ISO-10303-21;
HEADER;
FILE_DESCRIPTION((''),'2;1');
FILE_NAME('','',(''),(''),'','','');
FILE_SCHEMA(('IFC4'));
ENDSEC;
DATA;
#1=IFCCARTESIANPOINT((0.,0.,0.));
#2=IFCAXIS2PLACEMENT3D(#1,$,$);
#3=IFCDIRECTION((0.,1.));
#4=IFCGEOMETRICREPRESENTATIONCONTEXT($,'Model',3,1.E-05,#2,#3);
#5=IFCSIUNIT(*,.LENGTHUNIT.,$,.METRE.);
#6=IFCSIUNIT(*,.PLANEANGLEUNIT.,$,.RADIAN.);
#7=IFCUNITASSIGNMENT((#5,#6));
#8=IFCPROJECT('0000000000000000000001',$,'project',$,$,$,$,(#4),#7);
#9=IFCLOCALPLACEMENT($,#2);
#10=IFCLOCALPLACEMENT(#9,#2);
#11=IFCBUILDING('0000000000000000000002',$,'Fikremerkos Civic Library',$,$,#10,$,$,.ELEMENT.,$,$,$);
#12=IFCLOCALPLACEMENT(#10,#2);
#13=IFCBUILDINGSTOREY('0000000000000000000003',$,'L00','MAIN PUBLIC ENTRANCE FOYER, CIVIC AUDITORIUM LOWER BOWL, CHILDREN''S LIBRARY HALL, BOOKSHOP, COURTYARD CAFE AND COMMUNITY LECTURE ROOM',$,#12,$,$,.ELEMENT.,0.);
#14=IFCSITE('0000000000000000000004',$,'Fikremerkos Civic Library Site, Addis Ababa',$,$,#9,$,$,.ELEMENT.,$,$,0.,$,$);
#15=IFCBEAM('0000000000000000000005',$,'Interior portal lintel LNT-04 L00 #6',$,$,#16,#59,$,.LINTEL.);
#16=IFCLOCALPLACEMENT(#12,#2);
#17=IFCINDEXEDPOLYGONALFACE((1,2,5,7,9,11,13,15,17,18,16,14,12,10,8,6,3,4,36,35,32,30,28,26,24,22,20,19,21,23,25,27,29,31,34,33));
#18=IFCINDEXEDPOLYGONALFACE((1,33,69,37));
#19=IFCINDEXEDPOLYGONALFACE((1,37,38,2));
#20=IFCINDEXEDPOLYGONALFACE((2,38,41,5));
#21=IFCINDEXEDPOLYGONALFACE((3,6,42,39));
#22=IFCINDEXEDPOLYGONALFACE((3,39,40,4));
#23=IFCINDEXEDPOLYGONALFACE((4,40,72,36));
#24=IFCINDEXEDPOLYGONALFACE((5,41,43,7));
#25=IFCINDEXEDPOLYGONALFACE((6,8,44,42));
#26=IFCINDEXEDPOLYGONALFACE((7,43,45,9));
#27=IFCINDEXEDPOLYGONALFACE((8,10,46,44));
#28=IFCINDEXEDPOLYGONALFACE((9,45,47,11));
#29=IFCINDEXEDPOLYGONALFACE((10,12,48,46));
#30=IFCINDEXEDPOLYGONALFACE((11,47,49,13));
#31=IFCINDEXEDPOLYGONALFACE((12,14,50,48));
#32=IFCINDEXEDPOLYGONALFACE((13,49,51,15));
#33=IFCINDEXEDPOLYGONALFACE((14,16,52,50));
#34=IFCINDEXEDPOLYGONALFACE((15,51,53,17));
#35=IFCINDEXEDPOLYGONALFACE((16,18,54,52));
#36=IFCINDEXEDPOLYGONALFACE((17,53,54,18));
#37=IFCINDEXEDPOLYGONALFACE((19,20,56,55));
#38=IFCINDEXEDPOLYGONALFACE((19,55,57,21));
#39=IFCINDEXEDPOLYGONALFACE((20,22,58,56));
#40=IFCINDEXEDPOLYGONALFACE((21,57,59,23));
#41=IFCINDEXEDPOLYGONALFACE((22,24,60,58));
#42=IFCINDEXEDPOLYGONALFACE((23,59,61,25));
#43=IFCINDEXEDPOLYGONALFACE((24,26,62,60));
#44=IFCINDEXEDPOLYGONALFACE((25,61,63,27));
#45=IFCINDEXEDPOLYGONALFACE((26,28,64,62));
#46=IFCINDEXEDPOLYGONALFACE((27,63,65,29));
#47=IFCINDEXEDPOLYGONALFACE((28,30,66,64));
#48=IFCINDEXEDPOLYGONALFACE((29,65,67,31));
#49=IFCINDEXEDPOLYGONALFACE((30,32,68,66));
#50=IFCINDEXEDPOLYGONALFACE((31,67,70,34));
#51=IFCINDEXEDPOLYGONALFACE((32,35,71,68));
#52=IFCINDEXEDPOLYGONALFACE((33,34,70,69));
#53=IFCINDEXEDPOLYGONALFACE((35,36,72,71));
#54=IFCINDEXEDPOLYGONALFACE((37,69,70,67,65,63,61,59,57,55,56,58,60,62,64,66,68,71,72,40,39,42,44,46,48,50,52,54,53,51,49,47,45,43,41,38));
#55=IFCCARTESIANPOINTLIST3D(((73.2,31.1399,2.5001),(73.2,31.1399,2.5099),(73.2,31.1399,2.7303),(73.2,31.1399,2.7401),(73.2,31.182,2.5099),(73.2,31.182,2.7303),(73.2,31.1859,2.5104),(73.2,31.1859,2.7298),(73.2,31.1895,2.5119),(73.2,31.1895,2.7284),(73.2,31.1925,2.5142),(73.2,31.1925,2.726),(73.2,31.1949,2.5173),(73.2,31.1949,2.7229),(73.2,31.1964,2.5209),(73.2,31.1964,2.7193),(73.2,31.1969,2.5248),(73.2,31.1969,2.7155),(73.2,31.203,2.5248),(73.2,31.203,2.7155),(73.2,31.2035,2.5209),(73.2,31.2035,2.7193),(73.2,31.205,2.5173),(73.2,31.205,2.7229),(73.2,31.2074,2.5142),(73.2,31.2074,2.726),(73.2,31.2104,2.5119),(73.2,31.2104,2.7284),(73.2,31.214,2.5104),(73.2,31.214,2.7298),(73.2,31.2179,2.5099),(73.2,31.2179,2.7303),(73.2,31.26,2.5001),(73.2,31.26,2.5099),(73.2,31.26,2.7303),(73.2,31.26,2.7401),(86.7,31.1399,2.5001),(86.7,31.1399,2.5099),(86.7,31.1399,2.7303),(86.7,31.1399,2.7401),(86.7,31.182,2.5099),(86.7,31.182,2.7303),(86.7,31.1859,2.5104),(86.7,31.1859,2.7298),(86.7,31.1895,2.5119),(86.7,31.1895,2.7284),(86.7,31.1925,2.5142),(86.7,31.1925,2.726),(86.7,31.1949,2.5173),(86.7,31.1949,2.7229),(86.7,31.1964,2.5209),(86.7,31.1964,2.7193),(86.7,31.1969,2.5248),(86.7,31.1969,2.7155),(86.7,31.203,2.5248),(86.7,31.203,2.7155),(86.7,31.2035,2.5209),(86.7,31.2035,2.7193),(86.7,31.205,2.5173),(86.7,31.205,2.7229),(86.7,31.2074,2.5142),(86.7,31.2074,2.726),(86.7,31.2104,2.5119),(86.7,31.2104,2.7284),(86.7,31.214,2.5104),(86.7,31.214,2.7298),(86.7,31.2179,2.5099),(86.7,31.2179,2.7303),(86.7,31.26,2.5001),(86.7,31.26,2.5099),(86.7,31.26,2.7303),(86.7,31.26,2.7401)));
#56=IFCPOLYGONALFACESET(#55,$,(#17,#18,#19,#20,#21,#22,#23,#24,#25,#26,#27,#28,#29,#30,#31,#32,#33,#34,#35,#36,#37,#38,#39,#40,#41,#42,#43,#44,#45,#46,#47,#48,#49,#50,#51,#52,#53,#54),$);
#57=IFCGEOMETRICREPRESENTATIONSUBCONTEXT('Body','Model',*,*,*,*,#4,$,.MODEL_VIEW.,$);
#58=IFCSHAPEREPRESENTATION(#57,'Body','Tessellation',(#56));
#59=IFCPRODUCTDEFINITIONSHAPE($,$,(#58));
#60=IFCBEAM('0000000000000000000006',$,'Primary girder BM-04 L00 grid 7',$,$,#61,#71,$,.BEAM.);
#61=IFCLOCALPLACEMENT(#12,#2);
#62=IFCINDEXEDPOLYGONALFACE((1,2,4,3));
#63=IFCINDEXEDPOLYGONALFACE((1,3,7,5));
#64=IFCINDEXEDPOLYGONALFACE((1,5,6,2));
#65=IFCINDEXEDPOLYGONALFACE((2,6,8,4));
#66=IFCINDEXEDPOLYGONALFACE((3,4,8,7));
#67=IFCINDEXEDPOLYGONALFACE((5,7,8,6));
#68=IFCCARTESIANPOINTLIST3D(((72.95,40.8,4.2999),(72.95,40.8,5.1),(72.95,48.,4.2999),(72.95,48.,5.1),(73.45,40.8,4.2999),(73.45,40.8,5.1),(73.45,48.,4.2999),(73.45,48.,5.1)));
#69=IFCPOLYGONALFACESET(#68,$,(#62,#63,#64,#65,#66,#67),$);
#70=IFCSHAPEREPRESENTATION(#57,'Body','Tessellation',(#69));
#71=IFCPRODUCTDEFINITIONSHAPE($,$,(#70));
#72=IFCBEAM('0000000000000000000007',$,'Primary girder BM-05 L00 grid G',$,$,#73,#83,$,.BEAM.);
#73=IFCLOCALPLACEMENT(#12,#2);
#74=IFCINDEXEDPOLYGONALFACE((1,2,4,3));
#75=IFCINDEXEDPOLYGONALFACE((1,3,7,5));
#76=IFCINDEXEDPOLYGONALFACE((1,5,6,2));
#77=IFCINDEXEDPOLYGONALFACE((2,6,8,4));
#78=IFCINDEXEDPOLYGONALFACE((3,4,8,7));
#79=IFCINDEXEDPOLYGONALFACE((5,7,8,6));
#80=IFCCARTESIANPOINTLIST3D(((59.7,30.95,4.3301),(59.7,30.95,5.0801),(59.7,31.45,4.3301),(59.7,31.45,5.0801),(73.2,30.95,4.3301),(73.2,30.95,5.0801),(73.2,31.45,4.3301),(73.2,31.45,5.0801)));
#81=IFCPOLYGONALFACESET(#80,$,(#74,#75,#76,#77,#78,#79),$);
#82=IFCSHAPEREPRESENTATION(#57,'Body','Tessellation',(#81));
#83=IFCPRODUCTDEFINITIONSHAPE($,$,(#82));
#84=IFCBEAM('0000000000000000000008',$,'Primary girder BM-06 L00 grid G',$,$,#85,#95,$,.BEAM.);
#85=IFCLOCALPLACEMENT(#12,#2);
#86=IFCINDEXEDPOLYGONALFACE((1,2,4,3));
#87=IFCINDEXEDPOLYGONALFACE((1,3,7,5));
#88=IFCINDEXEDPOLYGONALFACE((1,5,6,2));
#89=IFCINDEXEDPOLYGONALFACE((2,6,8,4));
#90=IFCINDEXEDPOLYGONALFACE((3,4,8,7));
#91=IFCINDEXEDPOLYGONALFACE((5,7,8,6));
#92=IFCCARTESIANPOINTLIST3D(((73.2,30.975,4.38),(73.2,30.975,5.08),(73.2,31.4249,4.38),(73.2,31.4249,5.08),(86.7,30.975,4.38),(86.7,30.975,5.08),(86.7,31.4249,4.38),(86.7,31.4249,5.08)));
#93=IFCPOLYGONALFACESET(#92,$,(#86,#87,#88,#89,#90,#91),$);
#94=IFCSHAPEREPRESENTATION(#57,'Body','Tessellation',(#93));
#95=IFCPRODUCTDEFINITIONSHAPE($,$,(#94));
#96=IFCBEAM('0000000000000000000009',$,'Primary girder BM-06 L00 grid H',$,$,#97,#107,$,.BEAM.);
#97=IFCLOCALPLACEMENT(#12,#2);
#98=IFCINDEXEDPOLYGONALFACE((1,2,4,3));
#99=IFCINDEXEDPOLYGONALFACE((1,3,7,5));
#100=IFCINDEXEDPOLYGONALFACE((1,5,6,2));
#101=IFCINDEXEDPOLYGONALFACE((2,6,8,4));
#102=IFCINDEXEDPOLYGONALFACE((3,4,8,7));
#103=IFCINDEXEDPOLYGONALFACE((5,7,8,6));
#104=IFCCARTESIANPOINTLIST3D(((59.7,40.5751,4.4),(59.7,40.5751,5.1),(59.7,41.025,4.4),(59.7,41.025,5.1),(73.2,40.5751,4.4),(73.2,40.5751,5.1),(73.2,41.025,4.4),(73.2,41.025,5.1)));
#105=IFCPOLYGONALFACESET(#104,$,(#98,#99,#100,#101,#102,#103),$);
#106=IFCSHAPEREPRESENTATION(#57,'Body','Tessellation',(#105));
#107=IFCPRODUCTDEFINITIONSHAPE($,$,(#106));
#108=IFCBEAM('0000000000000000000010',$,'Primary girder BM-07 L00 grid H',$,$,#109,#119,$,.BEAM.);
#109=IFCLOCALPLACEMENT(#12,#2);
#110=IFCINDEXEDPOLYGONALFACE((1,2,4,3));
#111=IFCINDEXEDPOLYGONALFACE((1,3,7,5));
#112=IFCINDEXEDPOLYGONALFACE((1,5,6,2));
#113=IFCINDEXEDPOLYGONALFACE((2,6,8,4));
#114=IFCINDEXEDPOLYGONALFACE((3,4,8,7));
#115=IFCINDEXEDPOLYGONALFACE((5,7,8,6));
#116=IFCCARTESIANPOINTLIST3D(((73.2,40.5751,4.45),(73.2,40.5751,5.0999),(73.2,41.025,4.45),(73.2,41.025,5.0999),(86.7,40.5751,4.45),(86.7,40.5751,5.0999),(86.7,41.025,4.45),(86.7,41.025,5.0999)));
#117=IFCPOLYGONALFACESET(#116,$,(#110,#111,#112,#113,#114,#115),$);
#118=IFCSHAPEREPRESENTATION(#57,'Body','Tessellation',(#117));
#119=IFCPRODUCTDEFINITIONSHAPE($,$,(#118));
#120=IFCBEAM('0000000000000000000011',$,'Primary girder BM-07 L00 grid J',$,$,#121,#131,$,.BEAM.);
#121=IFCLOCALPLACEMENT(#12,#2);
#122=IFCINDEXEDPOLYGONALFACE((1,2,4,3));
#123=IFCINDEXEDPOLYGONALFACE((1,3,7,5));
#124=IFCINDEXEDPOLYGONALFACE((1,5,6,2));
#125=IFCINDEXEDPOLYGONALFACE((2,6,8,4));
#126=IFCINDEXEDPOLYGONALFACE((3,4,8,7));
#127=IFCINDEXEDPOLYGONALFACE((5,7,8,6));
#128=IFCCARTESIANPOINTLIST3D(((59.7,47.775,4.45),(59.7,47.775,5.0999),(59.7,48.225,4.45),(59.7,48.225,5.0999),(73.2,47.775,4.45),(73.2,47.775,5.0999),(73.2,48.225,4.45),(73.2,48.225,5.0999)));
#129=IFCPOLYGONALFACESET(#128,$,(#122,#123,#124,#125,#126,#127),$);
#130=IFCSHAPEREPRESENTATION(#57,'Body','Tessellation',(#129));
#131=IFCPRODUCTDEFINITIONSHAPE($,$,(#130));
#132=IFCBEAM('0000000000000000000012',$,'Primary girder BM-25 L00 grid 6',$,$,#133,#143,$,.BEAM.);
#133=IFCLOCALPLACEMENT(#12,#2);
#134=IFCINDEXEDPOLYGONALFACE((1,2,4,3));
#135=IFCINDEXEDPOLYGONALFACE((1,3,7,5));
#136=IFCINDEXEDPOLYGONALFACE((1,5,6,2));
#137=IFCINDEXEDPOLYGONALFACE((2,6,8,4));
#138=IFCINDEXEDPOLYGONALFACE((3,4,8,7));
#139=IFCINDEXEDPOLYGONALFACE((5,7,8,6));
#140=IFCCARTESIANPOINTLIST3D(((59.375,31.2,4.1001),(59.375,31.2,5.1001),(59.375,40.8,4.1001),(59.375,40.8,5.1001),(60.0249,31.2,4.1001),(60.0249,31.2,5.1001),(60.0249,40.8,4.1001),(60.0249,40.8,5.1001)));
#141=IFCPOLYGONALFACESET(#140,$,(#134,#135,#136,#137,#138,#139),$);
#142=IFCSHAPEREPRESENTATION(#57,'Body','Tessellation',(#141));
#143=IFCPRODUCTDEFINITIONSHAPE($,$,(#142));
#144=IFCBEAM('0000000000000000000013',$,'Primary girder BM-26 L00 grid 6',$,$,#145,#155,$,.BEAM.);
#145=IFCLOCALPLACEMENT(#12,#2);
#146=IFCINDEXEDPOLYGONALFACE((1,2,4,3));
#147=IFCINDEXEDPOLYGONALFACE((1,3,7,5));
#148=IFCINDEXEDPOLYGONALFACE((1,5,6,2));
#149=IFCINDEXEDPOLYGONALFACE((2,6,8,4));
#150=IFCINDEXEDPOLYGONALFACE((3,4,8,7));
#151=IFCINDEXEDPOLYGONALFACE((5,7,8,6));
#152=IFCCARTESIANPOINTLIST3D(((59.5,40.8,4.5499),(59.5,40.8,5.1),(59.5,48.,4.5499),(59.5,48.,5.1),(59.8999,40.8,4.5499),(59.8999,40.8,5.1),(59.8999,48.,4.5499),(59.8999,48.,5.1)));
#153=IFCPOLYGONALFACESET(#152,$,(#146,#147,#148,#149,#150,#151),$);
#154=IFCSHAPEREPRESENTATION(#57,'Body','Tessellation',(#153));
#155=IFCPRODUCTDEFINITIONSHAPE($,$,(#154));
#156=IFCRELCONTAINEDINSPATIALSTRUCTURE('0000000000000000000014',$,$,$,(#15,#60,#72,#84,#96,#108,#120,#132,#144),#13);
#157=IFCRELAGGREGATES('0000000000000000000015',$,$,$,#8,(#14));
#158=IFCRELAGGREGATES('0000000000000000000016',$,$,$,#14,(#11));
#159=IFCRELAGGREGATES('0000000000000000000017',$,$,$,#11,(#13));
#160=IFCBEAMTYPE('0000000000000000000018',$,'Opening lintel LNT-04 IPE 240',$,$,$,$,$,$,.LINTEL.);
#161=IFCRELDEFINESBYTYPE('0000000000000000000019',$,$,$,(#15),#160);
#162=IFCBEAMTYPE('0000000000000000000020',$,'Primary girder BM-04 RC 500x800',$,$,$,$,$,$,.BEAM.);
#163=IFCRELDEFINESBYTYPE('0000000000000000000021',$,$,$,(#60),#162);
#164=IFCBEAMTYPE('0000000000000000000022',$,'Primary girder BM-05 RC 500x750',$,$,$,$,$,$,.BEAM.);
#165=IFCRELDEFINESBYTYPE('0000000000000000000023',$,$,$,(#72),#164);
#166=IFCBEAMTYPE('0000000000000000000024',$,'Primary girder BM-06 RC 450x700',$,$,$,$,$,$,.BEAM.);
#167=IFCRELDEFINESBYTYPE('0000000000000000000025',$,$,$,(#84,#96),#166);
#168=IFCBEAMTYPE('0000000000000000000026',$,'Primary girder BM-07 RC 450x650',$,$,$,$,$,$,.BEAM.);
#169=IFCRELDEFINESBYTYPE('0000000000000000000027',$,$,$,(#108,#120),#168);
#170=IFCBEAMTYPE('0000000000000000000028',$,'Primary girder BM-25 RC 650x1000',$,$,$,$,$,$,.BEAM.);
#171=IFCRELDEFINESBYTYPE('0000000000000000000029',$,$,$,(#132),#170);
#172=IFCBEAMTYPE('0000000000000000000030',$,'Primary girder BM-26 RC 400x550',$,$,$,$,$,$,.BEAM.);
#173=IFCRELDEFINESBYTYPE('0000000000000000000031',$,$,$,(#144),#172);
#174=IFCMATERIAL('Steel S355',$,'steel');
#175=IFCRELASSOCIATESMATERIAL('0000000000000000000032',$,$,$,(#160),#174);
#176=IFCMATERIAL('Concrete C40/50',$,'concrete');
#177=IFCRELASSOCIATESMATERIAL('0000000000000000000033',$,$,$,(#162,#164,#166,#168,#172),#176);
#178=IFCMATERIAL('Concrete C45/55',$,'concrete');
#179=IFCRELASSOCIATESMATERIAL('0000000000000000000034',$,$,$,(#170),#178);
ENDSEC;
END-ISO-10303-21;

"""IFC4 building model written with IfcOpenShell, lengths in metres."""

from ifc_helpers import new_model, si_unit, direction, frame, origin, origin_2d, place, context, subcontext, project, spatial, rectangle, i_section, extrude, material, material_profile, profile_set, type_object, element, save


model = new_model("IFC4")

# Units and contexts
model_context = context("Model", 3, precision=1e-05, world=origin(), true_north=direction((0.0, 1.0)))
body_context = subcontext(model_context, "Body", "Model", "MODEL_VIEW")
ifc_project = project(units=[si_unit("LENGTHUNIT", "METRE"), si_unit("PLANEANGLEUNIT", "RADIAN")], contexts=[model_context])

# Site, building, storey
site_placement = place(None, origin())
site = spatial("IfcSite", under=ifc_project, at=site_placement, Name="Fikremerkos Civic Library Site, Addis Ababa", CompositionType="ELEMENT", RefElevation=0.0)
building_placement = place(site_placement, origin())
building = spatial("IfcBuilding", under=site, at=building_placement, Name="Fikremerkos Civic Library", CompositionType="ELEMENT")
storey_placement = place(building_placement, origin())
storey = spatial("IfcBuildingStorey", under=building, at=storey_placement, Name="L00", Description="MAIN PUBLIC ENTRANCE FOYER, CIVIC AUDITORIUM LOWER BOWL, CHILDREN'S LIBRARY HALL, BOOKSHOP, COURTYARD CAFE AND COMMUNITY LECTURE ROOM", CompositionType="ELEMENT", Elevation=0.0)

# Shared definitions
ifc_material_1 = material(Name="Concrete C40/50", Category="concrete")
ifc_material_2 = material(Name="Concrete C45/55", Category="concrete")

# Beams
ifc_material_3 = material(Name="Steel S355", Category="steel")
ifc_material_profile_1 = material_profile(ifc_material_3, i_section(OverallWidth=0.1201, OverallDepth=0.24, WebThickness=0.0061, FlangeThickness=0.0098, FilletRadius=0.0149, at=origin_2d()), Name="IPE 240")
ifc_profile_set_1 = profile_set([ifc_material_profile_1], Name="Steel S355")
beam_type_1 = type_object("IfcBeamType", Name="Opening lintel LNT-04 IPE 240", PredefinedType="LINTEL", material=ifc_profile_set_1)
beam_1_placement = place(storey_placement, frame((73.2, 31.2, 2.6201), z_axis=(1.0, 0.0, 0.0), x_axis=(0.0, 1.0, 0.0)))
element("IfcBeam", 1, at=beam_1_placement, inside=storey, type_object=beam_type_1, Name="Interior portal lintel LNT-04 L00 #6", PredefinedType="LINTEL", context=body_context, shape_type="SweptSolid", body=[
    extrude(i_section(OverallWidth=0.1201, OverallDepth=0.24, WebThickness=0.0061, FlangeThickness=0.0098, FilletRadius=0.0149, at=origin_2d()), origin(), (0.0, 0.0, 1.0), 13.5),
])
ifc_material_profile_2 = material_profile(ifc_material_1, rectangle(XDim=0.5, YDim=0.8, at=origin_2d()), Name="RC 500x800")
ifc_profile_set_2 = profile_set([ifc_material_profile_2], Name="Concrete C40/50")
beam_type_2 = type_object("IfcBeamType", Name="Primary girder BM-04 RC 500x800", PredefinedType="BEAM", material=ifc_profile_set_2)
beam_2_placement = place(storey_placement, frame((73.2, 40.8, 4.7), z_axis=(0.0, 1.0, 0.0), x_axis=(-1.0, 0.0, 0.0)))
element("IfcBeam", 2, at=beam_2_placement, inside=storey, type_object=beam_type_2, Name="Primary girder BM-04 L00 grid 7", PredefinedType="BEAM", context=body_context, shape_type="SweptSolid", body=[
    extrude(rectangle(XDim=0.5, YDim=0.8, at=origin_2d()), origin(), (0.0, 0.0, 1.0), 7.2),
])
ifc_material_profile_3 = material_profile(ifc_material_1, rectangle(XDim=0.5, YDim=0.75, at=origin_2d()), Name="RC 500x750")
ifc_profile_set_3 = profile_set([ifc_material_profile_3], Name="Concrete C40/50")
beam_type_3 = type_object("IfcBeamType", Name="Primary girder BM-05 RC 500x750", PredefinedType="BEAM", material=ifc_profile_set_3)
beam_3_placement = place(storey_placement, frame((59.7, 31.2, 4.7051), z_axis=(1.0, 0.0, 0.0), x_axis=(0.0, 1.0, 0.0)))
element("IfcBeam", 3, at=beam_3_placement, inside=storey, type_object=beam_type_3, Name="Primary girder BM-05 L00 grid G", PredefinedType="BEAM", context=body_context, shape_type="SweptSolid", body=[
    extrude(rectangle(XDim=0.5, YDim=0.75, at=origin_2d()), origin(), (0.0, 0.0, 1.0), 13.5),
])
ifc_material_profile_4 = material_profile(ifc_material_1, rectangle(XDim=0.45, YDim=0.7, at=origin_2d()), Name="RC 450x700")
ifc_profile_set_4 = profile_set([ifc_material_profile_4], Name="Concrete C40/50")
beam_type_4 = type_object("IfcBeamType", Name="Primary girder BM-06 RC 450x700", PredefinedType="BEAM", material=ifc_profile_set_4)
for number, where, z_axis, x_axis, name in (
    (4, (73.2, 31.2, 4.73), (1.0, 0.0, 0.0), (0.0, 1.0, 0.0), "Primary girder BM-06 L00 grid G"),
    (5, (59.7, 40.8, 4.75), (1.0, 0.0, 0.0), (0.0, 1.0, 0.0), "Primary girder BM-06 L00 grid H"),
):
    element("IfcBeam", number, at=place(storey_placement, frame(where, z_axis=z_axis, x_axis=x_axis)), inside=storey, type_object=beam_type_4, Name=name, PredefinedType="BEAM", context=body_context, shape_type="SweptSolid", body=[
        extrude(rectangle(XDim=0.45, YDim=0.7, at=origin_2d()), origin(), (0.0, 0.0, 1.0), 13.5),
    ])
ifc_material_profile_5 = material_profile(ifc_material_1, rectangle(XDim=0.45, YDim=0.6499, at=origin_2d()), Name="RC 450x650")
ifc_profile_set_5 = profile_set([ifc_material_profile_5], Name="Concrete C40/50")
beam_type_5 = type_object("IfcBeamType", Name="Primary girder BM-07 RC 450x650", PredefinedType="BEAM", material=ifc_profile_set_5)
for number, where, z_axis, x_axis, name in (
    (6, (73.2, 40.8, 4.7749), (1.0, 0.0, 0.0), (0.0, 1.0, 0.0), "Primary girder BM-07 L00 grid H"),
    (7, (59.7, 48.0, 4.7749), (1.0, 0.0, 0.0), (0.0, 1.0, 0.0), "Primary girder BM-07 L00 grid J"),
):
    element("IfcBeam", number, at=place(storey_placement, frame(where, z_axis=z_axis, x_axis=x_axis)), inside=storey, type_object=beam_type_5, Name=name, PredefinedType="BEAM", context=body_context, shape_type="SweptSolid", body=[
        extrude(rectangle(XDim=0.45, YDim=0.6499, at=origin_2d()), origin(), (0.0, 0.0, 1.0), 13.5),
    ])
ifc_material_profile_6 = material_profile(ifc_material_2, rectangle(XDim=0.6499, YDim=1.0, at=origin_2d()), Name="RC 650x1000")
ifc_profile_set_6 = profile_set([ifc_material_profile_6], Name="Concrete C45/55")
beam_type_6 = type_object("IfcBeamType", Name="Primary girder BM-25 RC 650x1000", PredefinedType="BEAM", material=ifc_profile_set_6)
beam_4_placement = place(storey_placement, frame((59.7, 31.2, 4.6001), z_axis=(0.0, 1.0, 0.0), x_axis=(-1.0, 0.0, 0.0)))
element("IfcBeam", 8, at=beam_4_placement, inside=storey, type_object=beam_type_6, Name="Primary girder BM-25 L00 grid 6", PredefinedType="BEAM", context=body_context, shape_type="SweptSolid", body=[
    extrude(rectangle(XDim=0.6499, YDim=1.0, at=origin_2d()), origin(), (0.0, 0.0, 1.0), 9.6001),
])
ifc_material_profile_7 = material_profile(ifc_material_1, rectangle(XDim=0.3999, YDim=0.55, at=origin_2d()), Name="RC 400x550")
ifc_profile_set_7 = profile_set([ifc_material_profile_7], Name="Concrete C40/50")
beam_type_7 = type_object("IfcBeamType", Name="Primary girder BM-26 RC 400x550", PredefinedType="BEAM", material=ifc_profile_set_7)
beam_5_placement = place(storey_placement, frame((59.7, 40.8, 4.825), z_axis=(0.0, 1.0, 0.0), x_axis=(-1.0, 0.0, 0.0)))
element("IfcBeam", 9, at=beam_5_placement, inside=storey, type_object=beam_type_7, Name="Primary girder BM-26 L00 grid 6", PredefinedType="BEAM", context=body_context, shape_type="SweptSolid", body=[
    extrude(rectangle(XDim=0.3999, YDim=0.55, at=origin_2d()), origin(), (0.0, 0.0, 1.0), 7.2),
])

save(model, "model.ifc")
